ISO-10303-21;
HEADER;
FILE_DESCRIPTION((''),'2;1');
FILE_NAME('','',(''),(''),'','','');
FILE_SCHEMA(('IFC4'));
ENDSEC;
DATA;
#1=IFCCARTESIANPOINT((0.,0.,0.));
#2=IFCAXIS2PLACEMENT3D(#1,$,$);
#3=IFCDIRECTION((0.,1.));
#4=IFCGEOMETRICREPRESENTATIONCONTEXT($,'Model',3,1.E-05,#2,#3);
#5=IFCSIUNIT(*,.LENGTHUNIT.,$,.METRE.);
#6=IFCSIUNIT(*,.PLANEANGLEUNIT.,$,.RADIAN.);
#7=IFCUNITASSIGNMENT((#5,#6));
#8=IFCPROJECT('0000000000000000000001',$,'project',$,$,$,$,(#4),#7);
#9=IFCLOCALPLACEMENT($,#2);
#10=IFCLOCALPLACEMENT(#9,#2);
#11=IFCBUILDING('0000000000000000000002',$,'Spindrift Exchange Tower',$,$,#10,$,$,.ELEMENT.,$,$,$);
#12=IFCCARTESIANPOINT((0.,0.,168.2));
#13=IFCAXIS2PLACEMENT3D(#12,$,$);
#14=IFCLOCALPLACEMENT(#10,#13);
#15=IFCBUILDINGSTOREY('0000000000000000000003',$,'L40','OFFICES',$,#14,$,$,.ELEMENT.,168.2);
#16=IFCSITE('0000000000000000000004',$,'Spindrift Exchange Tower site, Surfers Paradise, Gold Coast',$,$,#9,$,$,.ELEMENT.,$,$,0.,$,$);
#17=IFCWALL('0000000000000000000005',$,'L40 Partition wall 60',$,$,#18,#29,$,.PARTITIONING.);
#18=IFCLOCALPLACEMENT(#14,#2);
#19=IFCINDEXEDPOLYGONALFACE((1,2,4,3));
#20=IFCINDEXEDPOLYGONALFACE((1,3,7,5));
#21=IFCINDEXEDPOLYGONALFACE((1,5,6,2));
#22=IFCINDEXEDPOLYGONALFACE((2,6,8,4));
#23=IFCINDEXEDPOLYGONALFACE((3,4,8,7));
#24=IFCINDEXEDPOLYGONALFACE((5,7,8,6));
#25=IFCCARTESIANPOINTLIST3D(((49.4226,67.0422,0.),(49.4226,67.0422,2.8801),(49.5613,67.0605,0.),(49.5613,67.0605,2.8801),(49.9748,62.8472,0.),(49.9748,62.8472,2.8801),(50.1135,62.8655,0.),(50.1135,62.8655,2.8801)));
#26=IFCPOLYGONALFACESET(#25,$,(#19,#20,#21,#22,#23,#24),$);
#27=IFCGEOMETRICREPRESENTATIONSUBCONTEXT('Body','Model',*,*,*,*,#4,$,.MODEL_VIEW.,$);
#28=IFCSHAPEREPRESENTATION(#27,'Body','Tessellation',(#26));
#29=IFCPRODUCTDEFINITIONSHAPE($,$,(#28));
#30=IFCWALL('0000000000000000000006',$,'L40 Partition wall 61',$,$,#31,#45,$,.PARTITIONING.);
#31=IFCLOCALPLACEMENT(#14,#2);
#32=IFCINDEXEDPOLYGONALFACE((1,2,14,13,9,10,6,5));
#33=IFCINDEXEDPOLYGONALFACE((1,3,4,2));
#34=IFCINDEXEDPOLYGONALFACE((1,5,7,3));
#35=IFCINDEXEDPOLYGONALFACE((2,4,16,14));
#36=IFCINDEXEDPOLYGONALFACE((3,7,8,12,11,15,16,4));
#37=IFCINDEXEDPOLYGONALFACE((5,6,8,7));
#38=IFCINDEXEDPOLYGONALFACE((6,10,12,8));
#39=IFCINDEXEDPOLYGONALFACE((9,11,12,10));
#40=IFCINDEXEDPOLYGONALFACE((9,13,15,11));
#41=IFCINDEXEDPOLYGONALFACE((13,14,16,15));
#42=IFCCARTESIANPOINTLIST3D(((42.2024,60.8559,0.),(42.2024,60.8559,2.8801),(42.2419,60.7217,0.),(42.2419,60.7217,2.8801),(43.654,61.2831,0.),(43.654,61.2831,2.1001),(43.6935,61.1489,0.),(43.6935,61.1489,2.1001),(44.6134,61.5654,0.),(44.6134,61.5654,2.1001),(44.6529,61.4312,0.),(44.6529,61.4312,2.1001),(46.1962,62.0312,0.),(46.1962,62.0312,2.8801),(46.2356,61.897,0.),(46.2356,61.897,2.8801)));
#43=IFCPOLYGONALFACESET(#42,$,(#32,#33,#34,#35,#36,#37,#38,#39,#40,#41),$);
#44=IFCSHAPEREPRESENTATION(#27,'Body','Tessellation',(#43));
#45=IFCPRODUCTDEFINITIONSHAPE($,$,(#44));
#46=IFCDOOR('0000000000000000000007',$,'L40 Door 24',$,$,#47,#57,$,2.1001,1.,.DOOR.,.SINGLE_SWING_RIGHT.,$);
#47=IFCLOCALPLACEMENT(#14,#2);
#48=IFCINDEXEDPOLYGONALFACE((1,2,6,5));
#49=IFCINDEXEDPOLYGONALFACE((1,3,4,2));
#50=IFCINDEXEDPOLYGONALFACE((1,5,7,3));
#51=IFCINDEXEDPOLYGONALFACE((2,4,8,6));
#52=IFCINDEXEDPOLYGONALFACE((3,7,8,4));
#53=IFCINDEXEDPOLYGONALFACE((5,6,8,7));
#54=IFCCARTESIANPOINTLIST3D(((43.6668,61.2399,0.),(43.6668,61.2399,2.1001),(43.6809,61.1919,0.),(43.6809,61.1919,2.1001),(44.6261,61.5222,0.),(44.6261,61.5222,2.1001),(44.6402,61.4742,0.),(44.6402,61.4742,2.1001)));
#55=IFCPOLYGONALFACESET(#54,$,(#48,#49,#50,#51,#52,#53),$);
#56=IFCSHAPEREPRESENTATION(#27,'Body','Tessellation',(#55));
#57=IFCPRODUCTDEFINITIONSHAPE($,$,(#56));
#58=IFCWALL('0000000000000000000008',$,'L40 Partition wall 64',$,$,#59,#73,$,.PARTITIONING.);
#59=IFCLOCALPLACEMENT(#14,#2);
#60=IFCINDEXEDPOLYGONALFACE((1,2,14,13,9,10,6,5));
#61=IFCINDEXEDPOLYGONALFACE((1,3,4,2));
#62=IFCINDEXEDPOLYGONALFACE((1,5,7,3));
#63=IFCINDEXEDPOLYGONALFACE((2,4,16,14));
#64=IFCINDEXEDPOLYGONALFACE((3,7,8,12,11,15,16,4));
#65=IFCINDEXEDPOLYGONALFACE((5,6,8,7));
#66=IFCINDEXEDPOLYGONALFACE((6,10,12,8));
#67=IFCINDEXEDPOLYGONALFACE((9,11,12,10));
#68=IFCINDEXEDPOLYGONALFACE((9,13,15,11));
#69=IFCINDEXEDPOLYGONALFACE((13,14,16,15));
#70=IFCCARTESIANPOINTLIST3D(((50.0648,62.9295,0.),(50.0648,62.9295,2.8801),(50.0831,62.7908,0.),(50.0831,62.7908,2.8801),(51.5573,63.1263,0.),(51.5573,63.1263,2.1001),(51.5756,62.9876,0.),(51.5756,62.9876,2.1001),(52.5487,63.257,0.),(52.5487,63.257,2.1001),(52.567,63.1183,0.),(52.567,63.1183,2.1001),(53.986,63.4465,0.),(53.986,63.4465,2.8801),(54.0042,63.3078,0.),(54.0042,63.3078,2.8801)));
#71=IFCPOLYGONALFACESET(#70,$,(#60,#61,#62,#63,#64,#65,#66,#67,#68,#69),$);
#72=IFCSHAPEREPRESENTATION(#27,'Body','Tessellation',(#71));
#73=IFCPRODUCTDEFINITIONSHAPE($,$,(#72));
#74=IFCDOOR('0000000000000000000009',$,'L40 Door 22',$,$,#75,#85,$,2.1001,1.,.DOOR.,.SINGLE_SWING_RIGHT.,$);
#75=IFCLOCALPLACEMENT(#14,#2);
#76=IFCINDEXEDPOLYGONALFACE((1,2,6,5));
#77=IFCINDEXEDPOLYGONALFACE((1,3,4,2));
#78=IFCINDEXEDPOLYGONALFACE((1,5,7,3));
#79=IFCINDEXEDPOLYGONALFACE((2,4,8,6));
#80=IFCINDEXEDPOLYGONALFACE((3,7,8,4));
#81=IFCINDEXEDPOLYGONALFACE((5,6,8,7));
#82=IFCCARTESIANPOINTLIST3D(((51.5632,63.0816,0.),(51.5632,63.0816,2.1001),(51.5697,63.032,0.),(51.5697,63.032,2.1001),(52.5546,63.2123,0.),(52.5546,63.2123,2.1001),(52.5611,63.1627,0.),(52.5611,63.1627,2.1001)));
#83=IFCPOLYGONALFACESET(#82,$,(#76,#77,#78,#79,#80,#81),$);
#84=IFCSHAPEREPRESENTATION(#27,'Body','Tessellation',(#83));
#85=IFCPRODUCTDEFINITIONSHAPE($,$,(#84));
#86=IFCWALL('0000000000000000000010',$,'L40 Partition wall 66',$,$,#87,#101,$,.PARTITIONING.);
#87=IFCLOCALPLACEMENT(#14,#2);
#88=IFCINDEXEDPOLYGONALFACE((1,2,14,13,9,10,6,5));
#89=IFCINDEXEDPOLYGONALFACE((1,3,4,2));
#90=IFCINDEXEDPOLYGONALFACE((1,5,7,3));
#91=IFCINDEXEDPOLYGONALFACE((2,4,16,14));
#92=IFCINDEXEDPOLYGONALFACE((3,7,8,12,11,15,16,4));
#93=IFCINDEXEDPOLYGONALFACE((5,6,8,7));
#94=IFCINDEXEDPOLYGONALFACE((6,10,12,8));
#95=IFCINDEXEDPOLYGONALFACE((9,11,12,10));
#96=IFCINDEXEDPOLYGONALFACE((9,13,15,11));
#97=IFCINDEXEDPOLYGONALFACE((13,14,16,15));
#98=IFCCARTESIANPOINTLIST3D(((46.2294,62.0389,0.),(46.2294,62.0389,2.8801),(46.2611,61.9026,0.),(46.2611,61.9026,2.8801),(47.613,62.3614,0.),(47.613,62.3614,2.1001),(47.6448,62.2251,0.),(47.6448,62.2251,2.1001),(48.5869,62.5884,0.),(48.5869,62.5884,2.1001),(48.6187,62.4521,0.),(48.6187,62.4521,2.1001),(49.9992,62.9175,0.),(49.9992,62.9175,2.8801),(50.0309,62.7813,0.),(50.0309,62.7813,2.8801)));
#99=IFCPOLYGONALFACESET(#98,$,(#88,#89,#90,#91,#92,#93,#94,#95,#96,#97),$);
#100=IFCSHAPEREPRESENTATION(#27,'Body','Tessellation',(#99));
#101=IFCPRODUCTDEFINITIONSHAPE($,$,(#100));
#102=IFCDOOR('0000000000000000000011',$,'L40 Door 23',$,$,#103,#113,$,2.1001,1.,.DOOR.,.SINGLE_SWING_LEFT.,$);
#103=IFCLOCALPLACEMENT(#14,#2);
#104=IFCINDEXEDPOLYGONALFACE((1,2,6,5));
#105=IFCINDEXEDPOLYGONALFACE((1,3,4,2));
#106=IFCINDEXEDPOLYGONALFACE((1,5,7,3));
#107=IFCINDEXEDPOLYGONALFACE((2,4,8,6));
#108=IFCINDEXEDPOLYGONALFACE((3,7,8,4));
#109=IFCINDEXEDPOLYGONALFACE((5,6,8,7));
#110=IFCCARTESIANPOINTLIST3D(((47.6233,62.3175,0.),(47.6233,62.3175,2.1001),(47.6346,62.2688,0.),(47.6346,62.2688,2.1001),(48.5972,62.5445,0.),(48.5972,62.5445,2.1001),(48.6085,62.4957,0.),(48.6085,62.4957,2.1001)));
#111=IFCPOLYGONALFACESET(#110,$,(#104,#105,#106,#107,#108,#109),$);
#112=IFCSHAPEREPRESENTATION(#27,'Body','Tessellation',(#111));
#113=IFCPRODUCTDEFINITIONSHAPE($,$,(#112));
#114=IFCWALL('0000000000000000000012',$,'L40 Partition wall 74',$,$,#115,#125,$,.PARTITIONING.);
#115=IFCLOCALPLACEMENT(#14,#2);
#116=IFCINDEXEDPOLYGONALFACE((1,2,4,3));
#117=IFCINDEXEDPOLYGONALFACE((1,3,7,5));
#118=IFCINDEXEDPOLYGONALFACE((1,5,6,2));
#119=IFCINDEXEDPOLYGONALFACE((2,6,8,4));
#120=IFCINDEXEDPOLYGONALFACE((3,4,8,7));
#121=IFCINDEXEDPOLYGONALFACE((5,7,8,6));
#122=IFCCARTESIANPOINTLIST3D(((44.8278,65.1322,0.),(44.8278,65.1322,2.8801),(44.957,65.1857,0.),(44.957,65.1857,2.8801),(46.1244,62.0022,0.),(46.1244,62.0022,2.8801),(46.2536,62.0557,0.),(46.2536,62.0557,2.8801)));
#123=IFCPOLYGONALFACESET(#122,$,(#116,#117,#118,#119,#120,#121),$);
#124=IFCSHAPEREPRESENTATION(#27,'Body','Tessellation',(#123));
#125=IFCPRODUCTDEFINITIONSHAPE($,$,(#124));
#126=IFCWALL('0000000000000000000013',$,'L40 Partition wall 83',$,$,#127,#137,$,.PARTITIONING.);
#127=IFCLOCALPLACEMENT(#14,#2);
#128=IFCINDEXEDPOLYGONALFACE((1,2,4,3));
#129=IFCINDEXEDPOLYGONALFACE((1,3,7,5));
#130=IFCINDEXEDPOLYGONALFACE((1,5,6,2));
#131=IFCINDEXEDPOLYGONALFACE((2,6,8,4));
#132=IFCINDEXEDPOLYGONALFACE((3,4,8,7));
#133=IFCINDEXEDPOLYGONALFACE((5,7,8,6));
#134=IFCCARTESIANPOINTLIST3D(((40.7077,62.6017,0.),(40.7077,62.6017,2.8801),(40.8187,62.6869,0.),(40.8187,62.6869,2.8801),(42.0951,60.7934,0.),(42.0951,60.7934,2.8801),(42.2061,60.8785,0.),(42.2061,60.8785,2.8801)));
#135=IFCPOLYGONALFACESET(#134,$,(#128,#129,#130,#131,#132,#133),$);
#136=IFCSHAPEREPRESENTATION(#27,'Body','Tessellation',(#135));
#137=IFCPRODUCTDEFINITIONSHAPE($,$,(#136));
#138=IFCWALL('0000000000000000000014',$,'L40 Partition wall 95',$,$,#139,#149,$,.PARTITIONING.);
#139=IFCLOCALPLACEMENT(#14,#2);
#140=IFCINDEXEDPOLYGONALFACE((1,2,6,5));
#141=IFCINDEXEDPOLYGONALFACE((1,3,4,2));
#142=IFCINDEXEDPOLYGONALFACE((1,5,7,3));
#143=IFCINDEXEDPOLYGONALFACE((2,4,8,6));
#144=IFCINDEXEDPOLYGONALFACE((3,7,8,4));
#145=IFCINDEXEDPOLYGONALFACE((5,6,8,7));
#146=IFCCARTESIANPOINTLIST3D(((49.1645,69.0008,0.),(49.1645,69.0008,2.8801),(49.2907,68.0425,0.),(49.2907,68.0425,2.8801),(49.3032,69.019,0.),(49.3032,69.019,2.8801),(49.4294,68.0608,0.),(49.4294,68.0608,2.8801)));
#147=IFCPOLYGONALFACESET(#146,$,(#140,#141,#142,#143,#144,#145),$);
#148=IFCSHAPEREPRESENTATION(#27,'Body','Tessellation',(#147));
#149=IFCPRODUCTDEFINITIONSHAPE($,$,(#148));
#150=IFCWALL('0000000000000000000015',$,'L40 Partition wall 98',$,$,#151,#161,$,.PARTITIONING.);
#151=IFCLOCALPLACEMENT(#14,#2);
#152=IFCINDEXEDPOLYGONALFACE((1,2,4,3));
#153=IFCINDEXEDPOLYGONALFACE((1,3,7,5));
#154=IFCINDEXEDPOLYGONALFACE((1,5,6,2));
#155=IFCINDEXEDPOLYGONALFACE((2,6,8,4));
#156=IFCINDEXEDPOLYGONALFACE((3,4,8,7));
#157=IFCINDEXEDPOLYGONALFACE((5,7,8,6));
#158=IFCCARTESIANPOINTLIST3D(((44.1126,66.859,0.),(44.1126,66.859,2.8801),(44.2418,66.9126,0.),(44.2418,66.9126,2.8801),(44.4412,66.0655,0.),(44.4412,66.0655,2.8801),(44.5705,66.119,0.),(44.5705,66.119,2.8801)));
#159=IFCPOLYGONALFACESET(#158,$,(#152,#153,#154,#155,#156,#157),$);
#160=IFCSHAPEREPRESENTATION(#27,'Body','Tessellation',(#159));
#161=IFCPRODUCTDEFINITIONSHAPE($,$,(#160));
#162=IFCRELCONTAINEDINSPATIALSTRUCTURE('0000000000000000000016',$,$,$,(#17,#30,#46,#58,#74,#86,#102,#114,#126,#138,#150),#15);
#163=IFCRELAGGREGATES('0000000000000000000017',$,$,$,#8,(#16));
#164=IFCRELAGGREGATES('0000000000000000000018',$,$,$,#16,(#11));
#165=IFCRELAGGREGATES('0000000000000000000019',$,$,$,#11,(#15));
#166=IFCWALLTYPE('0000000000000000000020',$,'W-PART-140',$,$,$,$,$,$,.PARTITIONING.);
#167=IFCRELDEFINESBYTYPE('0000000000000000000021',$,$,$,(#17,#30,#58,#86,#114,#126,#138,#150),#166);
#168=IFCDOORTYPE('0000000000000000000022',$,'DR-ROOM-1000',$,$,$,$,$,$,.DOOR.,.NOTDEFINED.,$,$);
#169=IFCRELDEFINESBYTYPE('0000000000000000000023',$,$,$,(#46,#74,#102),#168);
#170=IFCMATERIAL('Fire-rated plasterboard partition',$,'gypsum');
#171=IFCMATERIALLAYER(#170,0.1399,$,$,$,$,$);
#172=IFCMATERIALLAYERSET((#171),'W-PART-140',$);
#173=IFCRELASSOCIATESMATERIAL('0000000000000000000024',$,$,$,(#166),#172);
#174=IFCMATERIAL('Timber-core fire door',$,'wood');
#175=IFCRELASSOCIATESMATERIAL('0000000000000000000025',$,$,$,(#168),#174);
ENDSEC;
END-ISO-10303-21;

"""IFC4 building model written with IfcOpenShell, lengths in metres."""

from ifc_helpers import new_model, si_unit, direction, frame, frame_2d, origin, place, context, subcontext, project, spatial, rectangle, extrude, source, transform, mapped, material, layer, layer_set, type_object, element, fill, save


model = new_model("IFC4")

# Units and contexts
model_context = context("Model", 3, precision=1e-05, world=origin(), true_north=direction((0.0, 1.0)))
body_context = subcontext(model_context, "Body", "Model", "MODEL_VIEW")
ifc_project = project(units=[si_unit("LENGTHUNIT", "METRE"), si_unit("PLANEANGLEUNIT", "RADIAN")], contexts=[model_context])

# Site, building, storey
site_placement = place(None, origin())
site = spatial("IfcSite", under=ifc_project, at=site_placement, Name="Spindrift Exchange Tower site, Surfers Paradise, Gold Coast", CompositionType="ELEMENT", RefElevation=0.0)
building_placement = place(site_placement, origin())
building = spatial("IfcBuilding", under=site, at=building_placement, Name="Spindrift Exchange Tower", CompositionType="ELEMENT")
storey_placement = place(building_placement, frame((0.0, 0.0, 168.2)))
storey = spatial("IfcBuildingStorey", under=building, at=storey_placement, Name="L40", Description="OFFICES", CompositionType="ELEMENT", Elevation=168.2)

# Wall
ifc_material_1 = material(Name="Fire-rated plasterboard partition", Category="gypsum")
ifc_layer_1 = layer(ifc_material_1, 0.1399)
ifc_layer_set_1 = layer_set([ifc_layer_1], Name="W-PART-140")
wall_type = type_object("IfcWallType", Name="W-PART-140", PredefinedType="PARTITIONING", material=ifc_layer_set_1)
wall_1_placement = place(storey_placement, frame((50.0442, 62.8562, 0.0), z_axis=(0.0, 0.0, 1.0), x_axis=(-0.130516, 0.991446, 0.0)))
element("IfcWall", 1, at=wall_1_placement, inside=storey, type_object=wall_type, Name="L40 Partition wall 60", PredefinedType="PARTITIONING", context=body_context, shape_type="SweptSolid", body=[
    extrude(rectangle(XDim=4.2312, YDim=0.1399, at=frame_2d((2.1157, 0.0))), origin(), (0.0, 0.0, 1.0), 2.8801),
])

# Walls, openings, doors
wall_2_placement = place(storey_placement, frame((42.2222, 60.7888, 0.0), z_axis=(0.0, 0.0, 1.0), x_axis=(0.959321, 0.282319, 0.0)))
wall_2 = element("IfcWall", 2, at=wall_2_placement, inside=storey, type_object=wall_type, Name="L40 Partition wall 61", PredefinedType="PARTITIONING", context=body_context, shape_type="SweptSolid", body=[
    extrude(rectangle(XDim=4.1631, YDim=0.1399, at=frame_2d((2.0815, 0.0))), origin(), (0.0, 0.0, 1.0), 2.8801),
])
opening_1_placement = place(wall_2_placement, frame((1.5132, 0.0, 0.0)))
opening_1 = element("IfcOpeningElement", 3, at=opening_1_placement, cuts=wall_2, PredefinedType="OPENING", context=body_context, shape_type="SweptSolid", body=[
    extrude(rectangle(XDim=1.0, YDim=2.1001, at=frame_2d((0.5, 1.05))), frame((0.0, 0.0798, 0.0), z_axis=(0.0, -1.0, 0.0), x_axis=(1.0, 0.0, 0.0)), (0.0, 0.0, 1.0), 0.1599),
])
ifc_material_2 = material(Name="Timber-core fire door", Category="wood")
door_type = type_object("IfcDoorType", Name="DR-ROOM-1000", OperationType="NOTDEFINED", PredefinedType="DOOR", material=ifc_material_2)
shared_shape_1 = source(origin(), body_context, "Body", "SweptSolid", [
    extrude(rectangle(XDim=1.0, YDim=2.1001, at=frame_2d((0.5, 1.05))), frame((0.0, 0.0249, 0.0), z_axis=(0.0, -1.0, 0.0), x_axis=(1.0, 0.0, 0.0)), (0.0, 0.0, 1.0), 0.05),
])
door_1_placement = place(opening_1_placement, origin())
door_1 = element("IfcDoor", 4, at=door_1_placement, inside=storey, type_object=door_type, Name="L40 Door 24", OperationType="SINGLE_SWING_RIGHT", OverallHeight=2.1001, OverallWidth=1.0, PredefinedType="DOOR", context=body_context, shape_type="MappedRepresentation", body=[
    mapped(shared_shape_1, transform((0.0, 0.0, 0.0), scale=1.0)),
])
fill(opening_1, door_1)
wall_3_placement = place(storey_placement, frame((50.074, 62.8601, 0.0), z_axis=(0.0, 0.0, 1.0), x_axis=(0.991417, 0.13074, 0.0)))
wall_3 = element("IfcWall", 5, at=wall_3_placement, inside=storey, type_object=wall_type, Name="L40 Partition wall 64", PredefinedType="PARTITIONING", context=body_context, shape_type="SweptSolid", body=[
    extrude(rectangle(XDim=3.9551, YDim=0.1399, at=frame_2d((1.9775, 0.0))), origin(), (0.0, 0.0, 1.0), 2.8801),
])
opening_2_placement = place(wall_3_placement, frame((1.5054, 0.0, 0.0)))
opening_2 = element("IfcOpeningElement", 6, at=opening_2_placement, cuts=wall_3, PredefinedType="OPENING", context=body_context, shape_type="SweptSolid", body=[
    extrude(rectangle(XDim=1.0, YDim=2.1001, at=frame_2d((0.5, 1.05))), frame((0.0, 0.0798, 0.0), z_axis=(0.0, -1.0, 0.0), x_axis=(1.0, 0.0, 0.0)), (0.0, 0.0, 1.0), 0.1599),
])
door_2_placement = place(opening_2_placement, origin())
door_2 = element("IfcDoor", 7, at=door_2_placement, inside=storey, type_object=door_type, Name="L40 Door 22", OperationType="SINGLE_SWING_RIGHT", OverallHeight=2.1001, OverallWidth=1.0, PredefinedType="DOOR", context=body_context, shape_type="MappedRepresentation", body=[
    mapped(shared_shape_1, transform((0.0, 0.0, 0.0), scale=1.0)),
])
fill(opening_2, door_2)
wall_4_placement = place(storey_placement, frame((46.2451, 61.9707, 0.0), z_axis=(0.0, 0.0, 1.0), x_axis=(0.973896, 0.226996, 0.0)))
wall_4 = element("IfcWall", 8, at=wall_4_placement, inside=storey, type_object=wall_type, Name="L40 Partition wall 66", PredefinedType="PARTITIONING", context=body_context, shape_type="SweptSolid", body=[
    extrude(rectangle(XDim=3.8708, YDim=0.1399, at=frame_2d((1.9355, 0.0))), origin(), (0.0, 0.0, 1.0), 2.8801),
])
opening_3_placement = place(wall_4_placement, frame((1.4209, 0.0, 0.0)))
opening_3 = element("IfcOpeningElement", 9, at=opening_3_placement, cuts=wall_4, PredefinedType="OPENING", context=body_context, shape_type="SweptSolid", body=[
    extrude(rectangle(XDim=1.0, YDim=2.1001, at=frame_2d((0.5, 1.05))), frame((0.0, 0.0798, 0.0), z_axis=(0.0, -1.0, 0.0), x_axis=(1.0, 0.0, 0.0)), (0.0, 0.0, 1.0), 0.1599),
])
door_3_placement = place(opening_3_placement, origin())
door_3 = element("IfcDoor", 10, at=door_3_placement, inside=storey, type_object=door_type, Name="L40 Door 23", OperationType="SINGLE_SWING_LEFT", OverallHeight=2.1001, OverallWidth=1.0, PredefinedType="DOOR", context=body_context, shape_type="MappedRepresentation", body=[
    mapped(shared_shape_1, transform((0.0, 0.0, 0.0), scale=1.0)),
])
fill(opening_3, door_3)

# Walls
wall_5_placement = place(storey_placement, frame((46.189, 62.0291, 0.0), z_axis=(0.0, 0.0, 1.0), x_axis=(-0.382706, 0.92387, 0.0)))
element("IfcWall", 11, at=wall_5_placement, inside=storey, type_object=wall_type, Name="L40 Partition wall 74", PredefinedType="PARTITIONING", context=body_context, shape_type="SweptSolid", body=[
    extrude(rectangle(XDim=3.3879, YDim=0.1399, at=frame_2d((1.6938, 0.0))), origin(), (0.0, 0.0, 1.0), 2.8801),
])
wall_6_placement = place(storey_placement, frame((42.1506, 60.8359, 0.0), z_axis=(0.0, 0.0, 1.0), x_axis=(-0.608722, 0.793384, 0.0)))
element("IfcWall", 12, at=wall_6_placement, inside=storey, type_object=wall_type, Name="L40 Partition wall 83", PredefinedType="PARTITIONING", context=body_context, shape_type="SweptSolid", body=[
    extrude(rectangle(XDim=2.2793, YDim=0.1399, at=frame_2d((1.1396, 0.0))), origin(), (0.0, 0.0, 1.0), 2.8801),
])
wall_7_placement = place(storey_placement, frame((49.3601, 68.0515, 0.0), z_axis=(0.0, 0.0, 1.0), x_axis=(-0.130592, 0.991436, 0.0)))
element("IfcWall", 13, at=wall_7_placement, inside=storey, type_object=wall_type, Name="L40 Partition wall 95", PredefinedType="PARTITIONING", context=body_context, shape_type="SweptSolid", body=[
    extrude(rectangle(XDim=0.9666, YDim=0.1399, at=frame_2d((0.4834, 0.0))), origin(), (0.0, 0.0, 1.0), 2.8801),
])
wall_8_placement = place(storey_placement, frame((44.5059, 66.0923, 0.0), z_axis=(0.0, 0.0, 1.0), x_axis=(-0.382636, 0.923899, 0.0)))
element("IfcWall", 14, at=wall_8_placement, inside=storey, type_object=wall_type, Name="L40 Partition wall 98", PredefinedType="PARTITIONING", context=body_context, shape_type="SweptSolid", body=[
    extrude(rectangle(XDim=0.8589, YDim=0.1399, at=frame_2d((0.4294, 0.0))), origin(), (0.0, 0.0, 1.0), 2.8801),
])

save(model, "model.ifc")
